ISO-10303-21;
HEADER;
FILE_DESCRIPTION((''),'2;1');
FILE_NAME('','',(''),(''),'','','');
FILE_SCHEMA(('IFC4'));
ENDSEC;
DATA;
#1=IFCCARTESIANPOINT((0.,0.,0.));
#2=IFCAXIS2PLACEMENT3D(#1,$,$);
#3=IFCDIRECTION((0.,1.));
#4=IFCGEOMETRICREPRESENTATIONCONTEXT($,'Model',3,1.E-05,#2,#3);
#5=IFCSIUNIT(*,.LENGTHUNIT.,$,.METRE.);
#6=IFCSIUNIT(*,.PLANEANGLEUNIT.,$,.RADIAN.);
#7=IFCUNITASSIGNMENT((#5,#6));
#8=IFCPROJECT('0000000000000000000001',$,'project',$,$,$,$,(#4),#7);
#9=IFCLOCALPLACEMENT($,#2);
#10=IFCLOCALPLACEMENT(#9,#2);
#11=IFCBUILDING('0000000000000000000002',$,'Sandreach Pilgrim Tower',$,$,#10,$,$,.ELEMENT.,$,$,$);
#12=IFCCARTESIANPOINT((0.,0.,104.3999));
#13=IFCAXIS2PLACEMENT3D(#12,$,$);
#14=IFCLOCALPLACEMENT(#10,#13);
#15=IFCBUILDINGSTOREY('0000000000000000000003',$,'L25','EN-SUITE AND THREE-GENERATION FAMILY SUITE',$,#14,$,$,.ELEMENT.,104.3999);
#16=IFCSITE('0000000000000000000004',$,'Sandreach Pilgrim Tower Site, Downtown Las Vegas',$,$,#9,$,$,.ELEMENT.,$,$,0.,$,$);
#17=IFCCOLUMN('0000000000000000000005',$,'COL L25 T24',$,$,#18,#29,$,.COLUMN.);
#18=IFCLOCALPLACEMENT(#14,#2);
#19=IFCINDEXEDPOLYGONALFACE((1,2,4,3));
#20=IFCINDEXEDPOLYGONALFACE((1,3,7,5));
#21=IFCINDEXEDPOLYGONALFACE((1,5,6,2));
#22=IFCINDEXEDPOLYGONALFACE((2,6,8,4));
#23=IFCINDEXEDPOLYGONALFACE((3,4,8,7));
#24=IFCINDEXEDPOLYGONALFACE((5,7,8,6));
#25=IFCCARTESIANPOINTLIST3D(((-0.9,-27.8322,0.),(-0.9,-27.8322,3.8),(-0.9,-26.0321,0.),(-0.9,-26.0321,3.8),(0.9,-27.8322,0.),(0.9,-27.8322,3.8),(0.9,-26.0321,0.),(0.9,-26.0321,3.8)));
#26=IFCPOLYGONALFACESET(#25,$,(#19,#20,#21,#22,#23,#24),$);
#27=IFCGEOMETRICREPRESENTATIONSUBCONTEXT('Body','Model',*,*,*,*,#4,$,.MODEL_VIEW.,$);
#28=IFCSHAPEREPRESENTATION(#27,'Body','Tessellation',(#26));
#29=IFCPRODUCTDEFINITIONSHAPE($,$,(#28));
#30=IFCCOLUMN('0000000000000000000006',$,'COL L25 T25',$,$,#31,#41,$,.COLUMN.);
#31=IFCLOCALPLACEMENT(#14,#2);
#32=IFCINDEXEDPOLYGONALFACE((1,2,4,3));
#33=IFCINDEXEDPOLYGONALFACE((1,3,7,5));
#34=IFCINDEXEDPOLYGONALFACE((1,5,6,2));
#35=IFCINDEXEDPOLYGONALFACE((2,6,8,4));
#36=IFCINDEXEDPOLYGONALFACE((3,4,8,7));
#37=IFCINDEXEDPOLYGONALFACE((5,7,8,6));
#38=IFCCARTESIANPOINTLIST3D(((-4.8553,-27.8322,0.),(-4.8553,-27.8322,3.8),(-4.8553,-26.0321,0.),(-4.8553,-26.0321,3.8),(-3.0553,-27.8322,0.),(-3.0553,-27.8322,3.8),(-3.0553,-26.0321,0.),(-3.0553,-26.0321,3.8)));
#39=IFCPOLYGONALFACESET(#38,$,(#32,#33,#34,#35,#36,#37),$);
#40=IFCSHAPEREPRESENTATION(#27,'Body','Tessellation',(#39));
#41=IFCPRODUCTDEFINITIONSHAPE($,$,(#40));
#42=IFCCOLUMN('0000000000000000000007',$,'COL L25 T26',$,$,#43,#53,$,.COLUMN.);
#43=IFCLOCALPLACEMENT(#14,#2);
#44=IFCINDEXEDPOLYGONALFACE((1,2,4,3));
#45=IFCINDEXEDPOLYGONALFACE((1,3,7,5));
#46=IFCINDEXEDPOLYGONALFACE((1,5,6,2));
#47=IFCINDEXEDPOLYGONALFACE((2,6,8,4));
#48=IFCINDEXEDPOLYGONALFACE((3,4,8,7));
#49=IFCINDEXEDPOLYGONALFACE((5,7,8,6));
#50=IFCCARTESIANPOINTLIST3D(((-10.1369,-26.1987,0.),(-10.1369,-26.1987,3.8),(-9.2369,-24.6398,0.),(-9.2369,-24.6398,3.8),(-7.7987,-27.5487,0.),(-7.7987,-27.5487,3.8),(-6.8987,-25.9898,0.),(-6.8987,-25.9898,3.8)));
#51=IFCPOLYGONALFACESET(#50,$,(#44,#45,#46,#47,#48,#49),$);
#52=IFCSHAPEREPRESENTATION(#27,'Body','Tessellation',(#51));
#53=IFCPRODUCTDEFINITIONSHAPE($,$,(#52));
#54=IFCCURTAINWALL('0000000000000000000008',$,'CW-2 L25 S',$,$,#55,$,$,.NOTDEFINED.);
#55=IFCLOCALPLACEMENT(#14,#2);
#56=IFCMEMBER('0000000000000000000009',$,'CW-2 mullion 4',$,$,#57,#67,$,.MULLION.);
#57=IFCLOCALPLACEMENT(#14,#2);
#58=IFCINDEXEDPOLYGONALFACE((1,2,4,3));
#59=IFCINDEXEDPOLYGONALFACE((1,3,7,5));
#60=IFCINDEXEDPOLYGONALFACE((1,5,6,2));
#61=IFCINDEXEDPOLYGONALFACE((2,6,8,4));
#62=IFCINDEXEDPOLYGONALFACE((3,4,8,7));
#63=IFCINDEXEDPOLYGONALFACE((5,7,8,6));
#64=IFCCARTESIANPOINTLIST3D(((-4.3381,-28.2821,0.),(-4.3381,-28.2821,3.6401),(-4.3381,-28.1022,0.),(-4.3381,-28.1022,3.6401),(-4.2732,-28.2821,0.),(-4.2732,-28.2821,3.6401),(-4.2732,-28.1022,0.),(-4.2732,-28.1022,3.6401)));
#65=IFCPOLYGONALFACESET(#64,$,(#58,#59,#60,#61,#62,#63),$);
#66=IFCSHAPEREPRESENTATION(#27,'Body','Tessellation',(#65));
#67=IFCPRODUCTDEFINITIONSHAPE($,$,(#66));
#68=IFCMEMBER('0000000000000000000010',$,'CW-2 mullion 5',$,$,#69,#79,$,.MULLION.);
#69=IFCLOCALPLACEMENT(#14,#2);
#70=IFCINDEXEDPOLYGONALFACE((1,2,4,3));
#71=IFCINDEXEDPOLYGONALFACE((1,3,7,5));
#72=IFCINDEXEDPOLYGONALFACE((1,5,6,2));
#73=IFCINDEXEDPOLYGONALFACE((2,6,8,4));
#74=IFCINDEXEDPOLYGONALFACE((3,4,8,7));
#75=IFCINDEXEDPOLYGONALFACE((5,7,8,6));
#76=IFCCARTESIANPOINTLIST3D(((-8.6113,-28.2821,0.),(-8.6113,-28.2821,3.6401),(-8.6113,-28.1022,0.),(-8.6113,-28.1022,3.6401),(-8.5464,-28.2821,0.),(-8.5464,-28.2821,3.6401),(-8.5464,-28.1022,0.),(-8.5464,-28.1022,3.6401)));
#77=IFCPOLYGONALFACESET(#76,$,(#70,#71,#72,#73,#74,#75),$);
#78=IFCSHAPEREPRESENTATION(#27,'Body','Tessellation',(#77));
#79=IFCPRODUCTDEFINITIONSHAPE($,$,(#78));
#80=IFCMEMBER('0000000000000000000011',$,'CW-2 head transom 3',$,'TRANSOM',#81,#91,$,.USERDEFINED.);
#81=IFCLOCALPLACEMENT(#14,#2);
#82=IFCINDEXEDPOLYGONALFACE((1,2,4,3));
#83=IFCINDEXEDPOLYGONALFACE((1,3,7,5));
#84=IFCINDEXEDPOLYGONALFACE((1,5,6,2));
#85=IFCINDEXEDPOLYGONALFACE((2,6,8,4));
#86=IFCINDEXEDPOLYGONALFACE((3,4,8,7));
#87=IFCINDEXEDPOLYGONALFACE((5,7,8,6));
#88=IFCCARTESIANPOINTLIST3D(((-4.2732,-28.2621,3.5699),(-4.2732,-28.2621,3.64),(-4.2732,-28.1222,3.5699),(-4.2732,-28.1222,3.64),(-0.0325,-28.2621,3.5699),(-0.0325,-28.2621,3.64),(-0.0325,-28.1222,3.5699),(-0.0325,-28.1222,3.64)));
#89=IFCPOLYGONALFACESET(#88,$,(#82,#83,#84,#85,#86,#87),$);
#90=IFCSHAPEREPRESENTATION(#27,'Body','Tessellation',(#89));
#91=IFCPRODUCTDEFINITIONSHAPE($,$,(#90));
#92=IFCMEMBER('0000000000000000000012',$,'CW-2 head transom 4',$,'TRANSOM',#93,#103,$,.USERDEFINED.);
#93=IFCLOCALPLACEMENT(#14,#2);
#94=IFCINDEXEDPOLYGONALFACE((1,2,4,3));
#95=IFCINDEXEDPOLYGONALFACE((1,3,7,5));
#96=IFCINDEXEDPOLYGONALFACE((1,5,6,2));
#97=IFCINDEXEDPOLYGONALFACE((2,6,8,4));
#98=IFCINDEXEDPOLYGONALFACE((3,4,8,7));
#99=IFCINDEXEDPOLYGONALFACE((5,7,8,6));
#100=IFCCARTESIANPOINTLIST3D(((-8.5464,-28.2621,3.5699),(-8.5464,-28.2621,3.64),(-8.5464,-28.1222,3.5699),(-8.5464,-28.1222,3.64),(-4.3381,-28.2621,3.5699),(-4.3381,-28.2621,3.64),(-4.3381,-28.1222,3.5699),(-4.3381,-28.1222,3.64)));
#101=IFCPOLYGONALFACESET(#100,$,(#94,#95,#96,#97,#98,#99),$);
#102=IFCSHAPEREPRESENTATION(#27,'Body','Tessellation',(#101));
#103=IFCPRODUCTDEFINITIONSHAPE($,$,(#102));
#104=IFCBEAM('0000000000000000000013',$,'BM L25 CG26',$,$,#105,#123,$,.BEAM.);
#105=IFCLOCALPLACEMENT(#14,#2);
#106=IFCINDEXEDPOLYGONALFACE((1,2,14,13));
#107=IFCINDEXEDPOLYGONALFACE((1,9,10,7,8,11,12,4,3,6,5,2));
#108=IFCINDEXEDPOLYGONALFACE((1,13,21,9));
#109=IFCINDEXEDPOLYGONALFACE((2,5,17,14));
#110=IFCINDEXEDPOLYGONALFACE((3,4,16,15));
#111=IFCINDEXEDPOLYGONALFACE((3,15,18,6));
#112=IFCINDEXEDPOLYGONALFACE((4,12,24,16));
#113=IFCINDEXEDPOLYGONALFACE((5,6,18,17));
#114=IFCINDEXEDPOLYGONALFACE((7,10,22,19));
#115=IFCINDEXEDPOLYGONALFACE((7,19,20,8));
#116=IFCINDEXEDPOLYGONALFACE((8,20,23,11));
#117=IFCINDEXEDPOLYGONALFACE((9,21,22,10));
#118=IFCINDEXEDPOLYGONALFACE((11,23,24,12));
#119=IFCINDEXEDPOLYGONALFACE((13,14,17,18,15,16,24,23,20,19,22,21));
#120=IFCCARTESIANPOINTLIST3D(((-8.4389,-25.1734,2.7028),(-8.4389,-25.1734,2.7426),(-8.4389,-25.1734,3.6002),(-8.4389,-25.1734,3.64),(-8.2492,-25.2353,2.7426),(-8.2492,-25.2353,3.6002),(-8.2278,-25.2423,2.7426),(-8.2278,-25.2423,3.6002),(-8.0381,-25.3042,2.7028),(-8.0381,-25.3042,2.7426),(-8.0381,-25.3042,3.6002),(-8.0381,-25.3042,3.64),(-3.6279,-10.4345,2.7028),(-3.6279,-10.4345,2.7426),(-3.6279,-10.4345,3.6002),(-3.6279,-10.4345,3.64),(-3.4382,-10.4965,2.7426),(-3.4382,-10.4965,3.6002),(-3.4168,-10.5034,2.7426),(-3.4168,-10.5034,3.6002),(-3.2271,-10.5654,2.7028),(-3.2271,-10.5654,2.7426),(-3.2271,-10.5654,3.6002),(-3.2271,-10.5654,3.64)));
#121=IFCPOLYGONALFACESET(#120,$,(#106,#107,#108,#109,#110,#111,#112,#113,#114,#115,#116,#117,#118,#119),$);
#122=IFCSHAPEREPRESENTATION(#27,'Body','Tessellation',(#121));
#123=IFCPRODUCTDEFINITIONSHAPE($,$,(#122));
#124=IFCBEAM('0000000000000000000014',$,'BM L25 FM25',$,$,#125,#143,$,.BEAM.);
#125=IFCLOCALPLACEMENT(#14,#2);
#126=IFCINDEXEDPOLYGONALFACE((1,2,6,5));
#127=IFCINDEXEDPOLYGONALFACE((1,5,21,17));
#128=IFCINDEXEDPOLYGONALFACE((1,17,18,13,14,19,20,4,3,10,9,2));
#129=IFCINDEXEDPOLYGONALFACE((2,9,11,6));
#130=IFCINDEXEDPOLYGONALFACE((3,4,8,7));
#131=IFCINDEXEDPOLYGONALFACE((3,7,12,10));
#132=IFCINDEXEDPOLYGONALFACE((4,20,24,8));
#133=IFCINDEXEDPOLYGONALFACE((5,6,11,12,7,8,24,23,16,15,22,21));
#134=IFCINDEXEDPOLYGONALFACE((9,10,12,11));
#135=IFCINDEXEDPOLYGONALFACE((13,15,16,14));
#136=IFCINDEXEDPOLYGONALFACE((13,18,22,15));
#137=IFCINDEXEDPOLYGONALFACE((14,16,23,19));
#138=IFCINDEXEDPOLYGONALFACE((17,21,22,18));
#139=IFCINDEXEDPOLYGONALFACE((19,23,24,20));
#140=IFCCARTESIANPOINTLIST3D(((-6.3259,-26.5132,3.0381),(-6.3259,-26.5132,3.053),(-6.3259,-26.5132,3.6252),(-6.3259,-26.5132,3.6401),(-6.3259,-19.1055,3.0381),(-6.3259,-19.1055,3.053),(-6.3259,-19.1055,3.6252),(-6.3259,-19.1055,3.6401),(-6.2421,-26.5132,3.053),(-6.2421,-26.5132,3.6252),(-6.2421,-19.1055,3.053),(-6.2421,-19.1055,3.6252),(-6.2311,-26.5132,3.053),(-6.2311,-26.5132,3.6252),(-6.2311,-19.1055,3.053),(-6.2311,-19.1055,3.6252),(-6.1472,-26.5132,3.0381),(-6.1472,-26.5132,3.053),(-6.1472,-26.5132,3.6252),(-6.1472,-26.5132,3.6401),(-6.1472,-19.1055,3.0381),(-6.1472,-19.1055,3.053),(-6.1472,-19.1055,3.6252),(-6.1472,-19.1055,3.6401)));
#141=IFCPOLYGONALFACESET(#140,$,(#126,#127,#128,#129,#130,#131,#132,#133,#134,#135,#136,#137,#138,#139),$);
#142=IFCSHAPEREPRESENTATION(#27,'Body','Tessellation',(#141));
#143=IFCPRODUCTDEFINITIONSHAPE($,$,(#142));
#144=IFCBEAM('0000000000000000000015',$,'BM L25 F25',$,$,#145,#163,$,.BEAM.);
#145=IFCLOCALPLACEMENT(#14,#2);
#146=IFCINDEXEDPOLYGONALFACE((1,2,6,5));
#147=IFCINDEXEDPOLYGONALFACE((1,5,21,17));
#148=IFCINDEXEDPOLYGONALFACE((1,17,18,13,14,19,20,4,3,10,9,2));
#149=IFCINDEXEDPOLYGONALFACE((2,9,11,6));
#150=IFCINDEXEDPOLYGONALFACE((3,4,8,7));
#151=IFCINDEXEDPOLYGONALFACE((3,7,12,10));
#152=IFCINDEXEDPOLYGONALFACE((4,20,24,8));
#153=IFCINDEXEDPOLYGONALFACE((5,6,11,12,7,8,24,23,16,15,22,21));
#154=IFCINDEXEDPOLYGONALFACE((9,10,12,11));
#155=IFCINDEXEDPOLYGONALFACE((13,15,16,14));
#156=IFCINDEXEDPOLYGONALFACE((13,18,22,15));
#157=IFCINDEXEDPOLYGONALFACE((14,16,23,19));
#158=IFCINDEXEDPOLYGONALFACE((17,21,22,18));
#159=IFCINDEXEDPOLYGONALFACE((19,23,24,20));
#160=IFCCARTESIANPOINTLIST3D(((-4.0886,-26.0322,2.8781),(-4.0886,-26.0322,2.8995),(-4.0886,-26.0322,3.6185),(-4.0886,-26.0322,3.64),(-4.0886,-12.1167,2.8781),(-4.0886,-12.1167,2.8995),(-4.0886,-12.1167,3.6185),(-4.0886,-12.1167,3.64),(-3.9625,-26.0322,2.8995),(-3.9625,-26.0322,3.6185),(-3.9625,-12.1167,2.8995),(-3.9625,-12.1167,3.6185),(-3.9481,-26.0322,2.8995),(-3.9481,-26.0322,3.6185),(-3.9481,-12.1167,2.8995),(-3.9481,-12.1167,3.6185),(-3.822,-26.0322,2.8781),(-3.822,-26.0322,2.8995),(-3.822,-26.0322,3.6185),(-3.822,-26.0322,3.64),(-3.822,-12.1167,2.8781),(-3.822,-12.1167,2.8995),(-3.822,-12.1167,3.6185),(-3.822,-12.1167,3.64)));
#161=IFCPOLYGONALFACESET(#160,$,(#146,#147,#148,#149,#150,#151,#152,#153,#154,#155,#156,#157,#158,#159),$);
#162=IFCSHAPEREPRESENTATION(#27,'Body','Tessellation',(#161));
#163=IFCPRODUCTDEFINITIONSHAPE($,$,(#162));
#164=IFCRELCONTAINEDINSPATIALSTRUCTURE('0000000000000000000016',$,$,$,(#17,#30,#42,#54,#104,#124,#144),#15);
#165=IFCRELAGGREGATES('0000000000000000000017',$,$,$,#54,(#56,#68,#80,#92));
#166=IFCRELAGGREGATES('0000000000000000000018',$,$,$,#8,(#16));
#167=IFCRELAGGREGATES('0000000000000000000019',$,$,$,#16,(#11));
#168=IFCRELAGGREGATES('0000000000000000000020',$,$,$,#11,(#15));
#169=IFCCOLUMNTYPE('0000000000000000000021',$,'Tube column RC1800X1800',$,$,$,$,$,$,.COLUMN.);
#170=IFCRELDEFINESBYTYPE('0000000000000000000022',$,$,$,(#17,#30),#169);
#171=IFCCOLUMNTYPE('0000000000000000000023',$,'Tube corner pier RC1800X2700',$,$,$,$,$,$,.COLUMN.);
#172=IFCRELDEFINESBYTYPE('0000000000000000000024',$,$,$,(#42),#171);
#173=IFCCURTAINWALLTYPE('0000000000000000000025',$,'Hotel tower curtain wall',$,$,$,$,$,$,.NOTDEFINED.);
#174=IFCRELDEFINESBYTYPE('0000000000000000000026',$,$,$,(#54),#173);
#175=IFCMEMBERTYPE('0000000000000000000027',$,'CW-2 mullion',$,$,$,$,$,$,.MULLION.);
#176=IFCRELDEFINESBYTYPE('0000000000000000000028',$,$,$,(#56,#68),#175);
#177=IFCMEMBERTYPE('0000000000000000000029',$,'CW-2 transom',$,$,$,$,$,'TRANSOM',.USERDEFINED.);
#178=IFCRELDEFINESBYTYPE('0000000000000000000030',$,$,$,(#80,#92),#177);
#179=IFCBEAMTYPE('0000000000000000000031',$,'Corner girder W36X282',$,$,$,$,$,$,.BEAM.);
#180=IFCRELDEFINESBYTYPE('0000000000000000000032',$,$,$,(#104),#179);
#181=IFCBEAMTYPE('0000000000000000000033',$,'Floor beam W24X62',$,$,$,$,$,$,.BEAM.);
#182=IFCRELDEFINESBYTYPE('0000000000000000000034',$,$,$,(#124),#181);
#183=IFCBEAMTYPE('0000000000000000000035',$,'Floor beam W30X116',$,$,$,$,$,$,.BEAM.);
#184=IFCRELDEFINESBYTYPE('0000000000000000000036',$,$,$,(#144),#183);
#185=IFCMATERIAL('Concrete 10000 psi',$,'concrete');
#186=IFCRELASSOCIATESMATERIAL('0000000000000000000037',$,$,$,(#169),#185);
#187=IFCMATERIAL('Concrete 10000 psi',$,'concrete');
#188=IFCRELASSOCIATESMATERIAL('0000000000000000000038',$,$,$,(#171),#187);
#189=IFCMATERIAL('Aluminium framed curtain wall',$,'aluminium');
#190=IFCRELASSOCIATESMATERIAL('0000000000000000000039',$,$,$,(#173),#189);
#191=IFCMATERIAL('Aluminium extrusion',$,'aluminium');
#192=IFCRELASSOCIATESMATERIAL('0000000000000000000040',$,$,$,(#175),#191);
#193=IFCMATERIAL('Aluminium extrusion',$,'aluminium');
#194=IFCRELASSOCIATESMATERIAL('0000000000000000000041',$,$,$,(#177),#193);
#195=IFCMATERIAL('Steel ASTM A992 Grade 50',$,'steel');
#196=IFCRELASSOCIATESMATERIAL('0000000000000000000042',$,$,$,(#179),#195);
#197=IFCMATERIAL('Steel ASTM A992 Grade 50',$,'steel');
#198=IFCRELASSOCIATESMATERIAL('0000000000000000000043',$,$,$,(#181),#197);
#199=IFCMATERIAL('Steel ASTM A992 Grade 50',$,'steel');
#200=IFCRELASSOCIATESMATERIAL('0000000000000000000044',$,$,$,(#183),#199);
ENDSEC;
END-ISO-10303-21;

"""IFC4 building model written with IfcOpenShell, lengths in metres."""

from ifc_helpers import new_model, si_unit, direction, frame, origin, origin_2d, place, context, subcontext, project, spatial, rectangle, i_section, extrude, material, material_profile, profile_set, type_object, element, aggregate, save


model = new_model("IFC4")

# Units and contexts
model_context = context("Model", 3, precision=1e-05, world=origin(), true_north=direction((0.0, 1.0)))
body_context = subcontext(model_context, "Body", "Model", "MODEL_VIEW")
ifc_project = project(units=[si_unit("LENGTHUNIT", "METRE"), si_unit("PLANEANGLEUNIT", "RADIAN")], contexts=[model_context])

# Site, building, storey
site_placement = place(None, origin())
site = spatial("IfcSite", under=ifc_project, at=site_placement, Name="Sandreach Pilgrim Tower Site, Downtown Las Vegas", CompositionType="ELEMENT", RefElevation=0.0)
building_placement = place(site_placement, origin())
building = spatial("IfcBuilding", under=site, at=building_placement, Name="Sandreach Pilgrim Tower", CompositionType="ELEMENT")
storey_placement = place(building_placement, frame((0.0, 0.0, 104.3999)))
storey = spatial("IfcBuildingStorey", under=building, at=storey_placement, Name="L25", Description="EN-SUITE AND THREE-GENERATION FAMILY SUITE", CompositionType="ELEMENT", Elevation=104.3999)

# Columns
ifc_material_1 = material(Name="Concrete 10000 psi", Category="concrete")
ifc_material_profile_1 = material_profile(ifc_material_1, rectangle(XDim=1.8, YDim=1.8, at=origin_2d()), Name="RC1800X1800")
ifc_profile_set_1 = profile_set([ifc_material_profile_1], Name="Concrete 10000 psi")
column_type_1 = type_object("IfcColumnType", Name="Tube column RC1800X1800", PredefinedType="COLUMN", material=ifc_profile_set_1)
for number, where, z_axis, x_axis, name in (
    (1, (0.0, -26.9321, 0.0), (0.0, 0.0, 1.0), (0.0, -1.0, 0.0), "COL L25 T24"),
    (2, (-3.9553, -26.9321, 0.0), (0.0, 0.0, 1.0), (0.0, -1.0, 0.0), "COL L25 T25"),
):
    element("IfcColumn", number, at=place(storey_placement, frame(where, z_axis=z_axis, x_axis=x_axis)), inside=storey, type_object=column_type_1, Name=name, PredefinedType="COLUMN", context=body_context, shape_type="SweptSolid", body=[
        extrude(rectangle(XDim=1.8, YDim=1.8, at=origin_2d()), origin(), (0.0, 0.0, 1.0), 3.8),
    ])
ifc_material_2 = material(Name="Concrete 10000 psi", Category="concrete")
ifc_material_profile_2 = material_profile(ifc_material_2, rectangle(XDim=1.8, YDim=2.7, at=origin_2d()), Name="RC1800X2700")
ifc_profile_set_2 = profile_set([ifc_material_profile_2], Name="Concrete 10000 psi")
column_type_2 = type_object("IfcColumnType", Name="Tube corner pier RC1800X2700", PredefinedType="COLUMN", material=ifc_profile_set_2)
column_placement = place(storey_placement, frame((-8.5178, -26.0942, 0.0), z_axis=(0.0, 0.0, 1.0), x_axis=(-0.5, -0.866025, 0.0)))
element("IfcColumn", 3, at=column_placement, inside=storey, type_object=column_type_2, Name="COL L25 T26", PredefinedType="COLUMN", context=body_context, shape_type="SweptSolid", body=[
    extrude(rectangle(XDim=1.8, YDim=2.7, at=origin_2d()), origin(), (0.0, 0.0, 1.0), 3.8),
])

# Curtain wall, members
ifc_material_3 = material(Name="Aluminium framed curtain wall", Category="aluminium")
curtain_wall_type = type_object("IfcCurtainWallType", Name="Hotel tower curtain wall", PredefinedType="NOTDEFINED", material=ifc_material_3)
curtain_wall_placement = place(storey_placement, origin())
curtain_wall = element("IfcCurtainWall", 4, at=curtain_wall_placement, inside=storey, type_object=curtain_wall_type, Name="CW-2 L25 S", PredefinedType="NOTDEFINED")
ifc_material_4 = material(Name="Aluminium extrusion", Category="aluminium")
ifc_material_profile_3 = material_profile(ifc_material_4, rectangle(XDim=0.0649, YDim=0.1799, at=origin_2d()), Name="CW-2M 65X180")
ifc_profile_set_3 = profile_set([ifc_material_profile_3], Name="Aluminium extrusion")
member_type_1 = type_object("IfcMemberType", Name="CW-2 mullion", PredefinedType="MULLION", material=ifc_profile_set_3)
member_1_placement = place(storey_placement, frame((-4.3057, -28.1921, 0.0), z_axis=(0.0, 0.0, 1.0), x_axis=(-1.0, 0.0, 0.0)))
member_1 = element("IfcMember", 5, at=member_1_placement, type_object=member_type_1, Name="CW-2 mullion 4", PredefinedType="MULLION", context=body_context, shape_type="SweptSolid", body=[
    extrude(rectangle(XDim=0.0649, YDim=0.1799, at=origin_2d()), origin(), (0.0, 0.0, 1.0), 3.6401),
])
member_2_placement = place(storey_placement, frame((-8.5789, -28.1921, 0.0), z_axis=(0.0, 0.0, 1.0), x_axis=(-1.0, 0.0, 0.0)))
member_2 = element("IfcMember", 6, at=member_2_placement, type_object=member_type_1, Name="CW-2 mullion 5", PredefinedType="MULLION", context=body_context, shape_type="SweptSolid", body=[
    extrude(rectangle(XDim=0.0649, YDim=0.1799, at=origin_2d()), origin(), (0.0, 0.0, 1.0), 3.6401),
])
ifc_material_5 = material(Name="Aluminium extrusion", Category="aluminium")
ifc_material_profile_4 = material_profile(ifc_material_5, rectangle(XDim=0.1399, YDim=0.0701, at=origin_2d()), Name="CW-2T 140X70")
ifc_profile_set_4 = profile_set([ifc_material_profile_4], Name="Aluminium extrusion")
member_type_2 = type_object("IfcMemberType", Name="CW-2 transom", ElementType="TRANSOM", PredefinedType="USERDEFINED", material=ifc_profile_set_4)
member_3_placement = place(storey_placement, frame((-0.0325, -28.1921, 3.605), z_axis=(-1.0, 0.0, 0.0), x_axis=(0.0, -1.0, 0.0)))
member_3 = element("IfcMember", 7, at=member_3_placement, type_object=member_type_2, Name="CW-2 head transom 3", ObjectType="TRANSOM", PredefinedType="USERDEFINED", context=body_context, shape_type="SweptSolid", body=[
    extrude(rectangle(XDim=0.1399, YDim=0.0701, at=origin_2d()), origin(), (0.0, 0.0, 1.0), 4.2407),
])
member_4_placement = place(storey_placement, frame((-4.3381, -28.1921, 3.605), z_axis=(-1.0, 0.0, 0.0), x_axis=(0.0, -1.0, 0.0)))
member_4 = element("IfcMember", 8, at=member_4_placement, type_object=member_type_2, Name="CW-2 head transom 4", ObjectType="TRANSOM", PredefinedType="USERDEFINED", context=body_context, shape_type="SweptSolid", body=[
    extrude(rectangle(XDim=0.1399, YDim=0.0701, at=origin_2d()), origin(), (0.0, 0.0, 1.0), 4.2083),
])

# Beams
ifc_material_6 = material(Name="Steel ASTM A992 Grade 50", Category="steel")
ifc_material_profile_5 = material_profile(ifc_material_6, i_section(OverallWidth=0.4216, OverallDepth=0.9373, WebThickness=0.0225, FlangeThickness=0.0398, at=origin_2d()), Name="W36X282")
ifc_profile_set_5 = profile_set([ifc_material_profile_5], Name="Steel ASTM A992 Grade 50")
beam_type_1 = type_object("IfcBeamType", Name="Corner girder W36X282", PredefinedType="BEAM", material=ifc_profile_set_5)
beam_1_placement = place(storey_placement, frame((-8.2385, -25.2388, 3.1714), z_axis=(0.310307, 0.950636, 0.0), x_axis=(-0.950636, 0.310307, 0.0)))
element("IfcBeam", 9, at=beam_1_placement, inside=storey, type_object=beam_type_1, Name="BM L25 CG26", PredefinedType="BEAM", context=body_context, shape_type="SweptSolid", body=[
    extrude(i_section(OverallWidth=0.4216, OverallDepth=0.9373, WebThickness=0.0225, FlangeThickness=0.0398, at=origin_2d()), origin(), (0.0, 0.0, 1.0), 15.5042),
])
ifc_material_7 = material(Name="Steel ASTM A992 Grade 50", Category="steel")
ifc_material_profile_6 = material_profile(ifc_material_7, i_section(OverallWidth=0.1787, OverallDepth=0.6021, WebThickness=0.011, FlangeThickness=0.0149, at=origin_2d()), Name="W24X62")
ifc_profile_set_6 = profile_set([ifc_material_profile_6], Name="Steel ASTM A992 Grade 50")
beam_type_2 = type_object("IfcBeamType", Name="Floor beam W24X62", PredefinedType="BEAM", material=ifc_profile_set_6)
beam_2_placement = place(storey_placement, frame((-6.2366, -26.5132, 3.3391), z_axis=(0.0, 1.0, 0.0), x_axis=(-1.0, 0.0, 0.0)))
element("IfcBeam", 10, at=beam_2_placement, inside=storey, type_object=beam_type_2, Name="BM L25 FM25", PredefinedType="BEAM", context=body_context, shape_type="SweptSolid", body=[
    extrude(i_section(OverallWidth=0.1787, OverallDepth=0.6021, WebThickness=0.011, FlangeThickness=0.0149, at=origin_2d()), origin(), (0.0, 0.0, 1.0), 7.4077),
])
ifc_material_8 = material(Name="Steel ASTM A992 Grade 50", Category="steel")
ifc_material_profile_7 = material_profile(ifc_material_8, i_section(OverallWidth=0.2666, OverallDepth=0.762, WebThickness=0.0144, FlangeThickness=0.0215, at=origin_2d()), Name="W30X116")
ifc_profile_set_7 = profile_set([ifc_material_profile_7], Name="Steel ASTM A992 Grade 50")
beam_type_3 = type_object("IfcBeamType", Name="Floor beam W30X116", PredefinedType="BEAM", material=ifc_profile_set_7)
beam_3_placement = place(storey_placement, frame((-3.9553, -26.0322, 3.259), z_axis=(0.0, 1.0, 0.0), x_axis=(-1.0, 0.0, 0.0)))
element("IfcBeam", 11, at=beam_3_placement, inside=storey, type_object=beam_type_3, Name="BM L25 F25", PredefinedType="BEAM", context=body_context, shape_type="SweptSolid", body=[
    extrude(i_section(OverallWidth=0.2666, OverallDepth=0.762, WebThickness=0.0144, FlangeThickness=0.0215, at=origin_2d()), origin(), (0.0, 0.0, 1.0), 13.9155),
])

aggregate(curtain_wall, [member_1, member_2, member_3, member_4])

save(model, "model.ifc")
